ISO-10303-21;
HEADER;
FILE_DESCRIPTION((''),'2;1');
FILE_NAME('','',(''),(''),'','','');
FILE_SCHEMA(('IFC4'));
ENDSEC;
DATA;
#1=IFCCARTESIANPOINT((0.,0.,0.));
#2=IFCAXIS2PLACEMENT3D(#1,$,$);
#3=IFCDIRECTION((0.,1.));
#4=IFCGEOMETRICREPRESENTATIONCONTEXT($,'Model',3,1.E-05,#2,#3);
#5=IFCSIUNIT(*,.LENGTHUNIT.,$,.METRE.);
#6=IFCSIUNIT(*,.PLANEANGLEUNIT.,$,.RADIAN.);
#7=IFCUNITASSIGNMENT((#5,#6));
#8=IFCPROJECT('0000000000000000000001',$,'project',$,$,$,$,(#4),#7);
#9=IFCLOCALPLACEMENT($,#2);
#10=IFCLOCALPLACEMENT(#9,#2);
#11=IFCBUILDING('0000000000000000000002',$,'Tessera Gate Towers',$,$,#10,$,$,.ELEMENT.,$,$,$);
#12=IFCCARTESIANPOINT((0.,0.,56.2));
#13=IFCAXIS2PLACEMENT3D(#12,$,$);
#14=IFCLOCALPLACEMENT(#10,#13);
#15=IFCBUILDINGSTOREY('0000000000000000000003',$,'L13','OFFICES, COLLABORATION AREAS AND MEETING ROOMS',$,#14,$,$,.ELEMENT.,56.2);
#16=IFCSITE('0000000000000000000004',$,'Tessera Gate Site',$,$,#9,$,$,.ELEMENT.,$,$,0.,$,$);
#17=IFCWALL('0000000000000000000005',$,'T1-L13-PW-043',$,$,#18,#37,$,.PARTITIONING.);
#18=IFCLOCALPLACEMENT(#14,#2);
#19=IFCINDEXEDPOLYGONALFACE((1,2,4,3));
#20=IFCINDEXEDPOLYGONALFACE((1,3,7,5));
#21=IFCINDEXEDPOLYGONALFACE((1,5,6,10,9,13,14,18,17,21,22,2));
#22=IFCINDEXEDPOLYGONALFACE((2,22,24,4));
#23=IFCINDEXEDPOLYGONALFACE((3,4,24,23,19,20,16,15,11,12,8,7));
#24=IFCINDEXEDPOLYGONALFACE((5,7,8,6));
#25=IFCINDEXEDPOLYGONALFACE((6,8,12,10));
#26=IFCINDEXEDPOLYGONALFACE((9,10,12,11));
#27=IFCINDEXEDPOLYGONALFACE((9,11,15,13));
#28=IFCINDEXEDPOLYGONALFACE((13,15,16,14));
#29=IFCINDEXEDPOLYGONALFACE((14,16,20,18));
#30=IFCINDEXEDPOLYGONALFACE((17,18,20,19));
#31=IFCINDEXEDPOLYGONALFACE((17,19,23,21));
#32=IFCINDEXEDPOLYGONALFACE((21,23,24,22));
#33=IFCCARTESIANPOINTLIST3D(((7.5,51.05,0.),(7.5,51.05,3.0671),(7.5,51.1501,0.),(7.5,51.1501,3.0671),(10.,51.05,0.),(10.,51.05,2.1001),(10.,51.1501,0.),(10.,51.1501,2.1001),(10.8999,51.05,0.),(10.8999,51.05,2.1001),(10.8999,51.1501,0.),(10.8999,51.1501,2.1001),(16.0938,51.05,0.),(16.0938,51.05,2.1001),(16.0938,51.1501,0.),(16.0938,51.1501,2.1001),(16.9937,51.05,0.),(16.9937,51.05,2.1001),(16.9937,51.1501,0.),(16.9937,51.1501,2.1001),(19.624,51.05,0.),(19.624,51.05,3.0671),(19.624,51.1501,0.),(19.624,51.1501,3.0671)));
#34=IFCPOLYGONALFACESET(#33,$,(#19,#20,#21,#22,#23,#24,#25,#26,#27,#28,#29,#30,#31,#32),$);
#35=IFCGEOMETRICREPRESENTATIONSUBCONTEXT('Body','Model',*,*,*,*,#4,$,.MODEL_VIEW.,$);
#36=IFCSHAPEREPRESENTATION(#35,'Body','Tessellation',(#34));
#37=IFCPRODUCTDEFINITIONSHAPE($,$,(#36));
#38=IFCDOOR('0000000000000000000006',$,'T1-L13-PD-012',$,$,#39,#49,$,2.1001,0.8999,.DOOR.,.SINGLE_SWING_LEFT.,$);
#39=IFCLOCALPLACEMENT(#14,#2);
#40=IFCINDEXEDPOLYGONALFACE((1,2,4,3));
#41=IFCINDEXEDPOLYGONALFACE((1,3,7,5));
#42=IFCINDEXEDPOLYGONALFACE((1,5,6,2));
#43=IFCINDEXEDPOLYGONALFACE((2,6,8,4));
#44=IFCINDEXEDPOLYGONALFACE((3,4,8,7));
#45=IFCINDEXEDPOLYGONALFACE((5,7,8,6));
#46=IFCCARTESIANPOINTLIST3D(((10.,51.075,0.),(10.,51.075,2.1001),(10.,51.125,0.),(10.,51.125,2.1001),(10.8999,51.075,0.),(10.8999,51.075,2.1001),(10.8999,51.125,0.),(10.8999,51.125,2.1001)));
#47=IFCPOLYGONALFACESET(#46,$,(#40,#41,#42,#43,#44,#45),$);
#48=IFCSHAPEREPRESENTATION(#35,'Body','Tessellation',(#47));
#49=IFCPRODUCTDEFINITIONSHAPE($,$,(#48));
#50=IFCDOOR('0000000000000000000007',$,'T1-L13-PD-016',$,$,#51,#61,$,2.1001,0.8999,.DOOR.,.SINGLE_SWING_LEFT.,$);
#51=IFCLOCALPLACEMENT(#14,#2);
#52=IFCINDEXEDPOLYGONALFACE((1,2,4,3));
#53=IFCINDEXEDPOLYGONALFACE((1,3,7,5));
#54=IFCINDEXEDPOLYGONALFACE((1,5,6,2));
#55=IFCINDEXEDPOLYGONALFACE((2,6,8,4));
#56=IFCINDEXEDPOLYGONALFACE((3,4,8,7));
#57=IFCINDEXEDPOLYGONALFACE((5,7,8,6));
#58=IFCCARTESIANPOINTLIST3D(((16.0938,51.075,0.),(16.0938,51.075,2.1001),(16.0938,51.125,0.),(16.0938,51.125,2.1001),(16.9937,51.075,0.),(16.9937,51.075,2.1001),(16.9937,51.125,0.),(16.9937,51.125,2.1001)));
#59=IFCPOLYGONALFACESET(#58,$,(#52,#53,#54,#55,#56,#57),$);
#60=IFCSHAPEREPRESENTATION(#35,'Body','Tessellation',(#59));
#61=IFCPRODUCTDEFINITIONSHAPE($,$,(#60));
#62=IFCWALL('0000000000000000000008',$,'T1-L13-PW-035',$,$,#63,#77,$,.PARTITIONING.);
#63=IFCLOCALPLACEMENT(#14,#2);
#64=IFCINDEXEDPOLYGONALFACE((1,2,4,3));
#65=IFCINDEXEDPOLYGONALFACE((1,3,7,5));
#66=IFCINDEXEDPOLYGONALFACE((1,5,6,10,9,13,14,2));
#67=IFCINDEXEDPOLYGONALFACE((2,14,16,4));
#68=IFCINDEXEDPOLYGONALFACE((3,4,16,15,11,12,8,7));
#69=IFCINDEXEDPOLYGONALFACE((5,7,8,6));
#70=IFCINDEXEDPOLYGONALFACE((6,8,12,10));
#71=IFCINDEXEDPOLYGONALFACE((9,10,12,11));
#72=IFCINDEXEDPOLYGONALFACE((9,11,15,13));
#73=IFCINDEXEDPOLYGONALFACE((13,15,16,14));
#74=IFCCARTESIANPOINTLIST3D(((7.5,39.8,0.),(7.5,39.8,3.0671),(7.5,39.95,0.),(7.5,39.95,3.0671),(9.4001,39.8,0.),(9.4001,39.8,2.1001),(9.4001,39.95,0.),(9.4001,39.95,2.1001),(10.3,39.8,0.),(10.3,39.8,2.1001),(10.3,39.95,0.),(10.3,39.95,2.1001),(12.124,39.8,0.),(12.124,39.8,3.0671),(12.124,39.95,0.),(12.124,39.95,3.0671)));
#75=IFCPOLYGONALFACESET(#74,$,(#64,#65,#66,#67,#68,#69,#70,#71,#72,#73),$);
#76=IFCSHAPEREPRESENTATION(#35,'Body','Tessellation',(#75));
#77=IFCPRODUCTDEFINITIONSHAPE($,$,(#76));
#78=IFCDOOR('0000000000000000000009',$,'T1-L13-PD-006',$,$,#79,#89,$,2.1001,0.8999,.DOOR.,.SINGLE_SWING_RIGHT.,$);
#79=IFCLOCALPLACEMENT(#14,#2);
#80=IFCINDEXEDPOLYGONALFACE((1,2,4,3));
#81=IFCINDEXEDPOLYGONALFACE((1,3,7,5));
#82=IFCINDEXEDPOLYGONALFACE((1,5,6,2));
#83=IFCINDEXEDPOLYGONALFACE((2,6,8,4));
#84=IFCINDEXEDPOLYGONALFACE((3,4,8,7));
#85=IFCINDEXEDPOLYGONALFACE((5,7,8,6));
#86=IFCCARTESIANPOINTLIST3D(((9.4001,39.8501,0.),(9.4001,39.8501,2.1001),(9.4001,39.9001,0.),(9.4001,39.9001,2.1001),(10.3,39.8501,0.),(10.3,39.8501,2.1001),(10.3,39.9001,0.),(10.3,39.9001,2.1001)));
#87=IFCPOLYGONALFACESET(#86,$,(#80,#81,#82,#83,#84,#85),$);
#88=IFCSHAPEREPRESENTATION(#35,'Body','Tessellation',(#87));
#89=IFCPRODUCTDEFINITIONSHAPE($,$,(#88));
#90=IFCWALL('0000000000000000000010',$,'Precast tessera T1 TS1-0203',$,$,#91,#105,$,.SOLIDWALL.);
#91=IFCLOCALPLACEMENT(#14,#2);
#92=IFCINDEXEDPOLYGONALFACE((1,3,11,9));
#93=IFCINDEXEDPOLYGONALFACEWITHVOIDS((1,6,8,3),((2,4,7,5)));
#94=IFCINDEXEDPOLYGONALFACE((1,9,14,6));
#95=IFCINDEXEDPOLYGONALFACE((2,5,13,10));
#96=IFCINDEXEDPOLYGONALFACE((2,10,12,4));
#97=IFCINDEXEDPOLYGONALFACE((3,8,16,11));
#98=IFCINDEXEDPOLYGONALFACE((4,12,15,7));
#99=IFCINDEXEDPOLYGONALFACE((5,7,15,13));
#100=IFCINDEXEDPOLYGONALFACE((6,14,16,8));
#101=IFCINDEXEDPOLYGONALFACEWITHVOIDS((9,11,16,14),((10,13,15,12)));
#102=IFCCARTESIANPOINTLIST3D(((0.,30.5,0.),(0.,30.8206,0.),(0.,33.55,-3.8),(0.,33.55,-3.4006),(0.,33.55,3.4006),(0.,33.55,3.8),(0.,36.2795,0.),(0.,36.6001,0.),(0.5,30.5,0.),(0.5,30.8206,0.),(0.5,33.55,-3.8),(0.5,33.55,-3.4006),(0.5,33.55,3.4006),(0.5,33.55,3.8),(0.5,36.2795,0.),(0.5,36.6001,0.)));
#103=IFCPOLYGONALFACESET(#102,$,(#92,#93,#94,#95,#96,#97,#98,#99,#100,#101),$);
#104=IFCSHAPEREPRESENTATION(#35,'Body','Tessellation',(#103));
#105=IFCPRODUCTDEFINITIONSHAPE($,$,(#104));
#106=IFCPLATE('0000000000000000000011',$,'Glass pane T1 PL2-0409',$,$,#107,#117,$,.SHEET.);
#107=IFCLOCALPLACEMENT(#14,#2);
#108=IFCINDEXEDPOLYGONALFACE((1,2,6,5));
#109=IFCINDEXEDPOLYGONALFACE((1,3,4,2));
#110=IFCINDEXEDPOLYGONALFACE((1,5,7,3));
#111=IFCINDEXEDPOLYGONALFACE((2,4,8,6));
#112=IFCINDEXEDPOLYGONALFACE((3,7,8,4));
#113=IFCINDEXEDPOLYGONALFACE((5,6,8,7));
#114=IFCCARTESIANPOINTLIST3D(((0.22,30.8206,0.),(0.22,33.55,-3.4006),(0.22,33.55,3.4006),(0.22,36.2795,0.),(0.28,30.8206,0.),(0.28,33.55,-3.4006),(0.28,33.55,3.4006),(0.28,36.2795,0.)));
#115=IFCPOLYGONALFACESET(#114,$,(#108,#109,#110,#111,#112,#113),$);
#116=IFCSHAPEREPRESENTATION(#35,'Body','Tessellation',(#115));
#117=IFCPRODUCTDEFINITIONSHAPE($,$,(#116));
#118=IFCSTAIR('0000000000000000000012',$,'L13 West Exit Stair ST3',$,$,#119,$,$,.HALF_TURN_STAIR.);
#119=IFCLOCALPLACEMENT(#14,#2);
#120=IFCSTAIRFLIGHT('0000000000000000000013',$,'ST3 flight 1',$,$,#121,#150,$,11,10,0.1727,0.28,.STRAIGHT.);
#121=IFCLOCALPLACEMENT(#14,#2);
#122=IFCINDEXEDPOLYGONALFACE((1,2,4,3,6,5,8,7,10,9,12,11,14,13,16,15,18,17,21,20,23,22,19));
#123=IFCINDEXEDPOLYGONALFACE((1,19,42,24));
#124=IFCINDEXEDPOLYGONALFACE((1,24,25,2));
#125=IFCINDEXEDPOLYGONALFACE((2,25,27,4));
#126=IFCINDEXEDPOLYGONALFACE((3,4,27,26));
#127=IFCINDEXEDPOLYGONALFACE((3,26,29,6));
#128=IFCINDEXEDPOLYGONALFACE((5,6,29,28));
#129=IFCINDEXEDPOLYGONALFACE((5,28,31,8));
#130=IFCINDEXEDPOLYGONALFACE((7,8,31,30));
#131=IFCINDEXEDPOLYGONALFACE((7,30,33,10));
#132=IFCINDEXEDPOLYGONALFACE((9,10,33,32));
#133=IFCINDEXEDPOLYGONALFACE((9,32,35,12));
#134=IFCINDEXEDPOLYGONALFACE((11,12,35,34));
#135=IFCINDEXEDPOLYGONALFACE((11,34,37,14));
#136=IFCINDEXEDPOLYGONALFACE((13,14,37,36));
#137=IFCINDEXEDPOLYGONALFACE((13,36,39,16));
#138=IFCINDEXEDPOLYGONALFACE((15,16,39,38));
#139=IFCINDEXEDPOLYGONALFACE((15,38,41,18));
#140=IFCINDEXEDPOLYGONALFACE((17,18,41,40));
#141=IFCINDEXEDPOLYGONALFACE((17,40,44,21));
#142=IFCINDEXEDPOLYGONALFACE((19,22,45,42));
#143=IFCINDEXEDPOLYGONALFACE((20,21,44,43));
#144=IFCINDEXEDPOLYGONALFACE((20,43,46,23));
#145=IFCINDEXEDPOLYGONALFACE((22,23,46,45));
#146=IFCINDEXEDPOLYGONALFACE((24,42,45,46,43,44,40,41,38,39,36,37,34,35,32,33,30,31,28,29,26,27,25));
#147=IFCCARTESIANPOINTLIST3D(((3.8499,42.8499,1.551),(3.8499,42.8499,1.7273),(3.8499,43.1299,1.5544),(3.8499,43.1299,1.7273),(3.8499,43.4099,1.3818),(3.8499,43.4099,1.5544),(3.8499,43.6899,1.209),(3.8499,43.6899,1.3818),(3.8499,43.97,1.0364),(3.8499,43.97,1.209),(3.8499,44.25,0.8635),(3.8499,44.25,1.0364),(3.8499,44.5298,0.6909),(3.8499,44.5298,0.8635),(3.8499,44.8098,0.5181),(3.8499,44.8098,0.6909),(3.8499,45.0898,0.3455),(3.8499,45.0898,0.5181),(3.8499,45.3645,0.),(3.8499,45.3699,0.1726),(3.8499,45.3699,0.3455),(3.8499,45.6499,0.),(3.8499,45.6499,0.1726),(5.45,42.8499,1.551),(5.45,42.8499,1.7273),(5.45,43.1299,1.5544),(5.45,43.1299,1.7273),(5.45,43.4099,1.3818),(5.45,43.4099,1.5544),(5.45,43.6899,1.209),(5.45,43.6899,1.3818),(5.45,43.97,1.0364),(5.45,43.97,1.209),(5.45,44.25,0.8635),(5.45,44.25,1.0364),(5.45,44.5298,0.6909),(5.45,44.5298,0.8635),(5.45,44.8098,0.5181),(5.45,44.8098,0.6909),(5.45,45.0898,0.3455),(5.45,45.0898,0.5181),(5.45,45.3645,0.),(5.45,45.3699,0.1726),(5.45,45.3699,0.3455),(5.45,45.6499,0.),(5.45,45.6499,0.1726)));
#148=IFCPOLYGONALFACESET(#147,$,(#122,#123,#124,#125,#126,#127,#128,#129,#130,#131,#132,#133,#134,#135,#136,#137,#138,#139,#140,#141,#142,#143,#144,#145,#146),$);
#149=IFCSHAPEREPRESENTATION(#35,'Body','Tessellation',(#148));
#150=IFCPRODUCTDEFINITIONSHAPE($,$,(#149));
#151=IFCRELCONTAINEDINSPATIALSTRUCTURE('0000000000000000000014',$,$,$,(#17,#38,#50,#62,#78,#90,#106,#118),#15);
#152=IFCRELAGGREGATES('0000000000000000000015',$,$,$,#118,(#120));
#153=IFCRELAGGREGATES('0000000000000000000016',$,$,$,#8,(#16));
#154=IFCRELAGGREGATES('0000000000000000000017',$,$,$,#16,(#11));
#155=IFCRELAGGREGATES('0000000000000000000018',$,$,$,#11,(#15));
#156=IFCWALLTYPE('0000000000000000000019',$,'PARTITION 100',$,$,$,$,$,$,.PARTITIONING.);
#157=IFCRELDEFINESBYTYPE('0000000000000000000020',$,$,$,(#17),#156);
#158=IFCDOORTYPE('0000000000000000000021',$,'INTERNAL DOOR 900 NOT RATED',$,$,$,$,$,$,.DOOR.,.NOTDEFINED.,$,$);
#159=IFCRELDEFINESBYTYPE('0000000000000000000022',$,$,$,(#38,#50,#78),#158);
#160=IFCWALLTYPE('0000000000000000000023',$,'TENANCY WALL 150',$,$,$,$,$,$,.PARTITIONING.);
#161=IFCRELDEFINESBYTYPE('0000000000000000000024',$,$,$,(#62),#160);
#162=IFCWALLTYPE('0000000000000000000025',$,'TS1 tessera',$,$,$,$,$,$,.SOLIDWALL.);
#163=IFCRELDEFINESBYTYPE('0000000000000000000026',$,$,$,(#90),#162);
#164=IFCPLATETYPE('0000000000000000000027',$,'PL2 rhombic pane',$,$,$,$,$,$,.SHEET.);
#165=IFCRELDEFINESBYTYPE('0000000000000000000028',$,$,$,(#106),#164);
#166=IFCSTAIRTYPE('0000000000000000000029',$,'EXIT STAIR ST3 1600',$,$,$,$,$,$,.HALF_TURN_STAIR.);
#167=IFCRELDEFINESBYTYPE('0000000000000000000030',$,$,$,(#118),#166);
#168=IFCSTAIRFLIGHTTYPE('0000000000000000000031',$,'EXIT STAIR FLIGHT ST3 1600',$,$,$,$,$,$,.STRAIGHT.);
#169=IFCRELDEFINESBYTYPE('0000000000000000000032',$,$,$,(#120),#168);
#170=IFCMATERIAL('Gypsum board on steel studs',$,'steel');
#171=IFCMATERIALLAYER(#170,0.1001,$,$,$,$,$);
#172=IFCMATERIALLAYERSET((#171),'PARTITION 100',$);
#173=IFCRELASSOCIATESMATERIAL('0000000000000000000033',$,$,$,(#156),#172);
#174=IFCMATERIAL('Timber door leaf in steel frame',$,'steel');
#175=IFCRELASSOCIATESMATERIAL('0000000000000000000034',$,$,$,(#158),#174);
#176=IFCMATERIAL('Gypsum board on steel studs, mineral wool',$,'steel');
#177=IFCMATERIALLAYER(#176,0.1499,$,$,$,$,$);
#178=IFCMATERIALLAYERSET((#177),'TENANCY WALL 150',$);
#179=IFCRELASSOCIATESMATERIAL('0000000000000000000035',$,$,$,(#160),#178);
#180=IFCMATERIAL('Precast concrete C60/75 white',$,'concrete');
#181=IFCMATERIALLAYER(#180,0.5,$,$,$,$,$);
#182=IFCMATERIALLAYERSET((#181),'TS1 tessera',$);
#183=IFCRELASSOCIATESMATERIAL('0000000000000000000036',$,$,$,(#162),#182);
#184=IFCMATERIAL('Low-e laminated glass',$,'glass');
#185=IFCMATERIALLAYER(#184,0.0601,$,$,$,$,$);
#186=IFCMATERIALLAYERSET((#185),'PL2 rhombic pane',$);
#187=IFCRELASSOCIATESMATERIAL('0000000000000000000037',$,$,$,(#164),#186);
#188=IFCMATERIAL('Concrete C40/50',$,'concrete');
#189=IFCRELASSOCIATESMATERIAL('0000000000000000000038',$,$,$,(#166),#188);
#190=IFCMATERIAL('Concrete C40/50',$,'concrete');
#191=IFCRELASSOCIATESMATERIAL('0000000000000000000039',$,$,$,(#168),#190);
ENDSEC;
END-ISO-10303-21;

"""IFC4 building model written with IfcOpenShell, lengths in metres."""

from ifc_helpers import new_model, si_unit, direction, frame, frame_2d, origin, place, context, subcontext, project, spatial, polyline, rectangle, outline, extrude, source, transform, mapped, material, layer, layer_set, type_object, element, fill, aggregate, save


model = new_model("IFC4")

# Units and contexts
model_context = context("Model", 3, precision=1e-05, world=origin(), true_north=direction((0.0, 1.0)))
body_context = subcontext(model_context, "Body", "Model", "MODEL_VIEW")
ifc_project = project(units=[si_unit("LENGTHUNIT", "METRE"), si_unit("PLANEANGLEUNIT", "RADIAN")], contexts=[model_context])

# Site, building, storey
site_placement = place(None, origin())
site = spatial("IfcSite", under=ifc_project, at=site_placement, Name="Tessera Gate Site", CompositionType="ELEMENT", RefElevation=0.0)
building_placement = place(site_placement, origin())
building = spatial("IfcBuilding", under=site, at=building_placement, Name="Tessera Gate Towers", CompositionType="ELEMENT")
storey_placement = place(building_placement, frame((0.0, 0.0, 56.2)))
storey = spatial("IfcBuildingStorey", under=building, at=storey_placement, Name="L13", Description="OFFICES, COLLABORATION AREAS AND MEETING ROOMS", CompositionType="ELEMENT", Elevation=56.2)

# Shared definitions
shared_shape_1 = source(origin(), body_context, "Body", "SweptSolid", [
    extrude(rectangle(XDim=0.8999, YDim=2.1001, at=frame_2d((0.45, 1.05))), frame((0.0, 0.085, 0.0), z_axis=(0.0, -1.0, 0.0), x_axis=(1.0, 0.0, 0.0)), (0.0, 0.0, 1.0), 0.1699),
])
shared_shape_2 = source(origin(), body_context, "Body", "SweptSolid", [
    extrude(rectangle(XDim=0.8999, YDim=2.1001, at=frame_2d((0.45, 1.05))), frame((0.0, 0.0249, 0.0), z_axis=(0.0, -1.0, 0.0), x_axis=(1.0, 0.0, 0.0)), (0.0, 0.0, 1.0), 0.05),
])

# Shared definitions
ifc_material_1 = material(Name="Gypsum board on steel studs", Category="steel")
ifc_layer_1 = layer(ifc_material_1, 0.1001)
ifc_layer_set_1 = layer_set([ifc_layer_1], Name="PARTITION 100")
wall_type_1 = type_object("IfcWallType", Name="PARTITION 100", PredefinedType="PARTITIONING", material=ifc_layer_set_1)

# Wall, openings, doors
wall_1_placement = place(storey_placement, frame((7.5, 51.1001, 0.0), z_axis=(0.0, 0.0, 1.0), x_axis=(1.0, 0.0, 0.0)))
wall_1 = element("IfcWall", 1, at=wall_1_placement, inside=storey, type_object=wall_type_1, Name="T1-L13-PW-043", PredefinedType="PARTITIONING", context=body_context, shape_type="SweptSolid", body=[
    extrude(rectangle(XDim=12.124, YDim=0.1001, at=frame_2d((6.062, 0.0))), origin(), (0.0, 0.0, 1.0), 3.0671),
])
shared_shape_3 = source(origin(), body_context, "Body", "SweptSolid", [
    extrude(rectangle(XDim=0.8999, YDim=2.1001, at=frame_2d((0.45, 1.05))), frame((0.0, 0.0601, 0.0), z_axis=(0.0, -1.0, 0.0), x_axis=(1.0, 0.0, 0.0)), (0.0, 0.0, 1.0), 0.1201),
])
opening_1_placement = place(wall_1_placement, frame((2.5, 0.0, 0.0)))
opening_1 = element("IfcOpeningElement", 2, at=opening_1_placement, cuts=wall_1, PredefinedType="OPENING", context=body_context, shape_type="MappedRepresentation", body=[
    mapped(shared_shape_3, transform((0.0, 0.0, 0.0), scale=1.0)),
])
opening_2_placement = place(wall_1_placement, frame((8.5938, 0.0, 0.0)))
opening_2 = element("IfcOpeningElement", 3, at=opening_2_placement, cuts=wall_1, PredefinedType="OPENING", context=body_context, shape_type="MappedRepresentation", body=[
    mapped(shared_shape_3, transform((0.0, 0.0, 0.0), scale=1.0)),
])
ifc_material_2 = material(Name="Timber door leaf in steel frame", Category="steel")
door_type_1 = type_object("IfcDoorType", Name="INTERNAL DOOR 900 NOT RATED", OperationType="NOTDEFINED", PredefinedType="DOOR", material=ifc_material_2)
door_1_placement = place(opening_1_placement, origin())
door_1 = element("IfcDoor", 4, at=door_1_placement, inside=storey, type_object=door_type_1, Name="T1-L13-PD-012", OperationType="SINGLE_SWING_LEFT", OverallHeight=2.1001, OverallWidth=0.8999, PredefinedType="DOOR", context=body_context, shape_type="MappedRepresentation", body=[
    mapped(shared_shape_2, transform((0.0, 0.0, 0.0), scale=1.0)),
])
fill(opening_1, door_1)
door_2_placement = place(opening_2_placement, origin())
door_2 = element("IfcDoor", 5, at=door_2_placement, inside=storey, type_object=door_type_1, Name="T1-L13-PD-016", OperationType="SINGLE_SWING_LEFT", OverallHeight=2.1001, OverallWidth=0.8999, PredefinedType="DOOR", context=body_context, shape_type="MappedRepresentation", body=[
    mapped(shared_shape_2, transform((0.0, 0.0, 0.0), scale=1.0)),
])
fill(opening_2, door_2)

# Wall, opening, door
ifc_material_3 = material(Name="Gypsum board on steel studs, mineral wool", Category="steel")
ifc_layer_2 = layer(ifc_material_3, 0.1499)
ifc_layer_set_2 = layer_set([ifc_layer_2], Name="TENANCY WALL 150")
wall_type_2 = type_object("IfcWallType", Name="TENANCY WALL 150", PredefinedType="PARTITIONING", material=ifc_layer_set_2)
wall_2_placement = place(storey_placement, frame((12.124, 39.875, 0.0), z_axis=(0.0, 0.0, 1.0), x_axis=(-1.0, 0.0, 0.0)))
wall_2 = element("IfcWall", 6, at=wall_2_placement, inside=storey, type_object=wall_type_2, Name="T1-L13-PW-035", PredefinedType="PARTITIONING", context=body_context, shape_type="SweptSolid", body=[
    extrude(rectangle(XDim=4.624, YDim=0.1499, at=frame_2d((2.312, 0.0))), origin(), (0.0, 0.0, 1.0), 3.0671),
])
opening_3_placement = place(wall_2_placement, frame((1.824, 0.0, 0.0)))
opening_3 = element("IfcOpeningElement", 7, at=opening_3_placement, cuts=wall_2, PredefinedType="OPENING", context=body_context, shape_type="MappedRepresentation", body=[
    mapped(shared_shape_1, transform((0.0, 0.0, 0.0), scale=1.0)),
])
door_3_placement = place(opening_3_placement, origin())
door_3 = element("IfcDoor", 8, at=door_3_placement, inside=storey, type_object=door_type_1, Name="T1-L13-PD-006", OperationType="SINGLE_SWING_RIGHT", OverallHeight=2.1001, OverallWidth=0.8999, PredefinedType="DOOR", context=body_context, shape_type="MappedRepresentation", body=[
    mapped(shared_shape_2, transform((0.0, 0.0, 0.0), scale=1.0)),
])
fill(opening_3, door_3)

# Wall, opening, plate
ifc_material_4 = material(Name="Precast concrete C60/75 white", Category="concrete")
ifc_layer_3 = layer(ifc_material_4, 0.5)
ifc_layer_set_3 = layer_set([ifc_layer_3], Name="TS1 tessera")
wall_type_3 = type_object("IfcWallType", Name="TS1 tessera", PredefinedType="SOLIDWALL", material=ifc_layer_set_3)
shared_shape_4 = source(origin(), body_context, "Body", "SweptSolid", [
    extrude(outline(polyline([(3.05, 0.0), (6.1001, 3.8), (3.05, 7.6001), (0.0, 3.8), (3.05, 0.0)])), frame((0.0, 0.25, 0.0), z_axis=(0.0, -1.0, 0.0), x_axis=(1.0, 0.0, 0.0)), (0.0, 0.0, 1.0), 0.5),
])
wall_3_placement = place(storey_placement, frame((0.25, 36.6001, -3.8), z_axis=(0.0, 0.0, 1.0), x_axis=(0.0, -1.0, 0.0)))
wall_3 = element("IfcWall", 9, at=wall_3_placement, inside=storey, type_object=wall_type_3, Name="Precast tessera T1 TS1-0203", PredefinedType="SOLIDWALL", context=body_context, shape_type="MappedRepresentation", body=[
    mapped(shared_shape_4, transform((0.0, 0.0, 0.0), scale=1.0)),
])
shared_shape_5 = source(origin(), body_context, "Body", "SweptSolid", [
    extrude(outline(polyline([(3.05, 0.3994), (5.7795, 3.8), (3.05, 7.2007), (0.3206, 3.8), (3.05, 0.3994)])), frame((0.0, 0.26, 0.0), z_axis=(0.0, -1.0, 0.0), x_axis=(1.0, 0.0, 0.0)), (0.0, 0.0, 1.0), 0.52),
])
opening_4_placement = place(wall_3_placement, origin())
opening_4 = element("IfcOpeningElement", 10, at=opening_4_placement, cuts=wall_3, PredefinedType="OPENING", context=body_context, shape_type="MappedRepresentation", body=[
    mapped(shared_shape_5, transform((0.0, 0.0, 0.0), scale=1.0)),
])
ifc_material_5 = material(Name="Low-e laminated glass", Category="glass")
ifc_layer_4 = layer(ifc_material_5, 0.0601)
ifc_layer_set_4 = layer_set([ifc_layer_4], Name="PL2 rhombic pane")
plate_type = type_object("IfcPlateType", Name="PL2 rhombic pane", PredefinedType="SHEET", material=ifc_layer_set_4)
shared_shape_6 = source(origin(), body_context, "Body", "SweptSolid", [
    extrude(outline(polyline([(3.05, 0.3994), (5.7795, 3.8), (3.05, 7.2007), (0.3206, 3.8), (3.05, 0.3994)])), frame((0.0, 0.03, 0.0), z_axis=(0.0, -1.0, 0.0), x_axis=(1.0, 0.0, 0.0)), (0.0, 0.0, 1.0), 0.0601),
])
plate_placement = place(opening_4_placement, origin())
plate = element("IfcPlate", 11, at=plate_placement, inside=storey, type_object=plate_type, Name="Glass pane T1 PL2-0409", PredefinedType="SHEET", context=body_context, shape_type="MappedRepresentation", body=[
    mapped(shared_shape_6, transform((0.0, 0.0, 0.0), scale=1.0)),
])
fill(opening_4, plate)

# Stair, stair flight
ifc_material_6 = material(Name="Concrete C40/50", Category="concrete")
stair_type = type_object("IfcStairType", Name="EXIT STAIR ST3 1600", PredefinedType="HALF_TURN_STAIR", material=ifc_material_6)
stair_placement = place(storey_placement, origin())
stair = element("IfcStair", 12, at=stair_placement, inside=storey, type_object=stair_type, Name="L13 West Exit Stair ST3", PredefinedType="HALF_TURN_STAIR")
ifc_material_7 = material(Name="Concrete C40/50", Category="concrete")
stair_flight_type = type_object("IfcStairFlightType", Name="EXIT STAIR FLIGHT ST3 1600", PredefinedType="STRAIGHT", material=ifc_material_7)
stair_flight_1_placement = place(storey_placement, frame((4.6499, 45.6499, 0.0), z_axis=(0.0, 0.0, 1.0), x_axis=(0.0, -1.0, 0.0)))
stair_flight_1 = element("IfcStairFlight", 13, at=stair_flight_1_placement, type_object=stair_flight_type, Name="ST3 flight 1", NumberOfRisers=11, NumberOfTreads=10, PredefinedType="STRAIGHT", RiserHeight=0.1727, TreadLength=0.28, context=body_context, shape_type="SweptSolid", body=[
    extrude(outline(polyline([(0.0, 0.0), (0.0, 0.1726), (0.28, 0.1726), (0.28, 0.3455), (0.5601, 0.3455), (0.5601, 0.5181), (0.8401, 0.5181), (0.8401, 0.6909), (1.1201, 0.6909), (1.1201, 0.8635), (1.3999, 0.8635), (1.3999, 1.0364), (1.6799, 1.0364), (1.6799, 1.209), (1.96, 1.209), (1.96, 1.3818), (2.24, 1.3818), (2.24, 1.5544), (2.52, 1.5544), (2.52, 1.7273), (2.8, 1.7273), (2.8, 1.8999), (2.8, 1.551), (0.2854, 0.0), (0.0, 0.0)])), frame((0.0, 0.8, 0.0), z_axis=(0.0, -1.0, 0.0), x_axis=(1.0, 0.0, 0.0)), (0.0, 0.0, 1.0), 1.6001),
])
aggregate(stair, [stair_flight_1])

save(model, "model.ifc")
